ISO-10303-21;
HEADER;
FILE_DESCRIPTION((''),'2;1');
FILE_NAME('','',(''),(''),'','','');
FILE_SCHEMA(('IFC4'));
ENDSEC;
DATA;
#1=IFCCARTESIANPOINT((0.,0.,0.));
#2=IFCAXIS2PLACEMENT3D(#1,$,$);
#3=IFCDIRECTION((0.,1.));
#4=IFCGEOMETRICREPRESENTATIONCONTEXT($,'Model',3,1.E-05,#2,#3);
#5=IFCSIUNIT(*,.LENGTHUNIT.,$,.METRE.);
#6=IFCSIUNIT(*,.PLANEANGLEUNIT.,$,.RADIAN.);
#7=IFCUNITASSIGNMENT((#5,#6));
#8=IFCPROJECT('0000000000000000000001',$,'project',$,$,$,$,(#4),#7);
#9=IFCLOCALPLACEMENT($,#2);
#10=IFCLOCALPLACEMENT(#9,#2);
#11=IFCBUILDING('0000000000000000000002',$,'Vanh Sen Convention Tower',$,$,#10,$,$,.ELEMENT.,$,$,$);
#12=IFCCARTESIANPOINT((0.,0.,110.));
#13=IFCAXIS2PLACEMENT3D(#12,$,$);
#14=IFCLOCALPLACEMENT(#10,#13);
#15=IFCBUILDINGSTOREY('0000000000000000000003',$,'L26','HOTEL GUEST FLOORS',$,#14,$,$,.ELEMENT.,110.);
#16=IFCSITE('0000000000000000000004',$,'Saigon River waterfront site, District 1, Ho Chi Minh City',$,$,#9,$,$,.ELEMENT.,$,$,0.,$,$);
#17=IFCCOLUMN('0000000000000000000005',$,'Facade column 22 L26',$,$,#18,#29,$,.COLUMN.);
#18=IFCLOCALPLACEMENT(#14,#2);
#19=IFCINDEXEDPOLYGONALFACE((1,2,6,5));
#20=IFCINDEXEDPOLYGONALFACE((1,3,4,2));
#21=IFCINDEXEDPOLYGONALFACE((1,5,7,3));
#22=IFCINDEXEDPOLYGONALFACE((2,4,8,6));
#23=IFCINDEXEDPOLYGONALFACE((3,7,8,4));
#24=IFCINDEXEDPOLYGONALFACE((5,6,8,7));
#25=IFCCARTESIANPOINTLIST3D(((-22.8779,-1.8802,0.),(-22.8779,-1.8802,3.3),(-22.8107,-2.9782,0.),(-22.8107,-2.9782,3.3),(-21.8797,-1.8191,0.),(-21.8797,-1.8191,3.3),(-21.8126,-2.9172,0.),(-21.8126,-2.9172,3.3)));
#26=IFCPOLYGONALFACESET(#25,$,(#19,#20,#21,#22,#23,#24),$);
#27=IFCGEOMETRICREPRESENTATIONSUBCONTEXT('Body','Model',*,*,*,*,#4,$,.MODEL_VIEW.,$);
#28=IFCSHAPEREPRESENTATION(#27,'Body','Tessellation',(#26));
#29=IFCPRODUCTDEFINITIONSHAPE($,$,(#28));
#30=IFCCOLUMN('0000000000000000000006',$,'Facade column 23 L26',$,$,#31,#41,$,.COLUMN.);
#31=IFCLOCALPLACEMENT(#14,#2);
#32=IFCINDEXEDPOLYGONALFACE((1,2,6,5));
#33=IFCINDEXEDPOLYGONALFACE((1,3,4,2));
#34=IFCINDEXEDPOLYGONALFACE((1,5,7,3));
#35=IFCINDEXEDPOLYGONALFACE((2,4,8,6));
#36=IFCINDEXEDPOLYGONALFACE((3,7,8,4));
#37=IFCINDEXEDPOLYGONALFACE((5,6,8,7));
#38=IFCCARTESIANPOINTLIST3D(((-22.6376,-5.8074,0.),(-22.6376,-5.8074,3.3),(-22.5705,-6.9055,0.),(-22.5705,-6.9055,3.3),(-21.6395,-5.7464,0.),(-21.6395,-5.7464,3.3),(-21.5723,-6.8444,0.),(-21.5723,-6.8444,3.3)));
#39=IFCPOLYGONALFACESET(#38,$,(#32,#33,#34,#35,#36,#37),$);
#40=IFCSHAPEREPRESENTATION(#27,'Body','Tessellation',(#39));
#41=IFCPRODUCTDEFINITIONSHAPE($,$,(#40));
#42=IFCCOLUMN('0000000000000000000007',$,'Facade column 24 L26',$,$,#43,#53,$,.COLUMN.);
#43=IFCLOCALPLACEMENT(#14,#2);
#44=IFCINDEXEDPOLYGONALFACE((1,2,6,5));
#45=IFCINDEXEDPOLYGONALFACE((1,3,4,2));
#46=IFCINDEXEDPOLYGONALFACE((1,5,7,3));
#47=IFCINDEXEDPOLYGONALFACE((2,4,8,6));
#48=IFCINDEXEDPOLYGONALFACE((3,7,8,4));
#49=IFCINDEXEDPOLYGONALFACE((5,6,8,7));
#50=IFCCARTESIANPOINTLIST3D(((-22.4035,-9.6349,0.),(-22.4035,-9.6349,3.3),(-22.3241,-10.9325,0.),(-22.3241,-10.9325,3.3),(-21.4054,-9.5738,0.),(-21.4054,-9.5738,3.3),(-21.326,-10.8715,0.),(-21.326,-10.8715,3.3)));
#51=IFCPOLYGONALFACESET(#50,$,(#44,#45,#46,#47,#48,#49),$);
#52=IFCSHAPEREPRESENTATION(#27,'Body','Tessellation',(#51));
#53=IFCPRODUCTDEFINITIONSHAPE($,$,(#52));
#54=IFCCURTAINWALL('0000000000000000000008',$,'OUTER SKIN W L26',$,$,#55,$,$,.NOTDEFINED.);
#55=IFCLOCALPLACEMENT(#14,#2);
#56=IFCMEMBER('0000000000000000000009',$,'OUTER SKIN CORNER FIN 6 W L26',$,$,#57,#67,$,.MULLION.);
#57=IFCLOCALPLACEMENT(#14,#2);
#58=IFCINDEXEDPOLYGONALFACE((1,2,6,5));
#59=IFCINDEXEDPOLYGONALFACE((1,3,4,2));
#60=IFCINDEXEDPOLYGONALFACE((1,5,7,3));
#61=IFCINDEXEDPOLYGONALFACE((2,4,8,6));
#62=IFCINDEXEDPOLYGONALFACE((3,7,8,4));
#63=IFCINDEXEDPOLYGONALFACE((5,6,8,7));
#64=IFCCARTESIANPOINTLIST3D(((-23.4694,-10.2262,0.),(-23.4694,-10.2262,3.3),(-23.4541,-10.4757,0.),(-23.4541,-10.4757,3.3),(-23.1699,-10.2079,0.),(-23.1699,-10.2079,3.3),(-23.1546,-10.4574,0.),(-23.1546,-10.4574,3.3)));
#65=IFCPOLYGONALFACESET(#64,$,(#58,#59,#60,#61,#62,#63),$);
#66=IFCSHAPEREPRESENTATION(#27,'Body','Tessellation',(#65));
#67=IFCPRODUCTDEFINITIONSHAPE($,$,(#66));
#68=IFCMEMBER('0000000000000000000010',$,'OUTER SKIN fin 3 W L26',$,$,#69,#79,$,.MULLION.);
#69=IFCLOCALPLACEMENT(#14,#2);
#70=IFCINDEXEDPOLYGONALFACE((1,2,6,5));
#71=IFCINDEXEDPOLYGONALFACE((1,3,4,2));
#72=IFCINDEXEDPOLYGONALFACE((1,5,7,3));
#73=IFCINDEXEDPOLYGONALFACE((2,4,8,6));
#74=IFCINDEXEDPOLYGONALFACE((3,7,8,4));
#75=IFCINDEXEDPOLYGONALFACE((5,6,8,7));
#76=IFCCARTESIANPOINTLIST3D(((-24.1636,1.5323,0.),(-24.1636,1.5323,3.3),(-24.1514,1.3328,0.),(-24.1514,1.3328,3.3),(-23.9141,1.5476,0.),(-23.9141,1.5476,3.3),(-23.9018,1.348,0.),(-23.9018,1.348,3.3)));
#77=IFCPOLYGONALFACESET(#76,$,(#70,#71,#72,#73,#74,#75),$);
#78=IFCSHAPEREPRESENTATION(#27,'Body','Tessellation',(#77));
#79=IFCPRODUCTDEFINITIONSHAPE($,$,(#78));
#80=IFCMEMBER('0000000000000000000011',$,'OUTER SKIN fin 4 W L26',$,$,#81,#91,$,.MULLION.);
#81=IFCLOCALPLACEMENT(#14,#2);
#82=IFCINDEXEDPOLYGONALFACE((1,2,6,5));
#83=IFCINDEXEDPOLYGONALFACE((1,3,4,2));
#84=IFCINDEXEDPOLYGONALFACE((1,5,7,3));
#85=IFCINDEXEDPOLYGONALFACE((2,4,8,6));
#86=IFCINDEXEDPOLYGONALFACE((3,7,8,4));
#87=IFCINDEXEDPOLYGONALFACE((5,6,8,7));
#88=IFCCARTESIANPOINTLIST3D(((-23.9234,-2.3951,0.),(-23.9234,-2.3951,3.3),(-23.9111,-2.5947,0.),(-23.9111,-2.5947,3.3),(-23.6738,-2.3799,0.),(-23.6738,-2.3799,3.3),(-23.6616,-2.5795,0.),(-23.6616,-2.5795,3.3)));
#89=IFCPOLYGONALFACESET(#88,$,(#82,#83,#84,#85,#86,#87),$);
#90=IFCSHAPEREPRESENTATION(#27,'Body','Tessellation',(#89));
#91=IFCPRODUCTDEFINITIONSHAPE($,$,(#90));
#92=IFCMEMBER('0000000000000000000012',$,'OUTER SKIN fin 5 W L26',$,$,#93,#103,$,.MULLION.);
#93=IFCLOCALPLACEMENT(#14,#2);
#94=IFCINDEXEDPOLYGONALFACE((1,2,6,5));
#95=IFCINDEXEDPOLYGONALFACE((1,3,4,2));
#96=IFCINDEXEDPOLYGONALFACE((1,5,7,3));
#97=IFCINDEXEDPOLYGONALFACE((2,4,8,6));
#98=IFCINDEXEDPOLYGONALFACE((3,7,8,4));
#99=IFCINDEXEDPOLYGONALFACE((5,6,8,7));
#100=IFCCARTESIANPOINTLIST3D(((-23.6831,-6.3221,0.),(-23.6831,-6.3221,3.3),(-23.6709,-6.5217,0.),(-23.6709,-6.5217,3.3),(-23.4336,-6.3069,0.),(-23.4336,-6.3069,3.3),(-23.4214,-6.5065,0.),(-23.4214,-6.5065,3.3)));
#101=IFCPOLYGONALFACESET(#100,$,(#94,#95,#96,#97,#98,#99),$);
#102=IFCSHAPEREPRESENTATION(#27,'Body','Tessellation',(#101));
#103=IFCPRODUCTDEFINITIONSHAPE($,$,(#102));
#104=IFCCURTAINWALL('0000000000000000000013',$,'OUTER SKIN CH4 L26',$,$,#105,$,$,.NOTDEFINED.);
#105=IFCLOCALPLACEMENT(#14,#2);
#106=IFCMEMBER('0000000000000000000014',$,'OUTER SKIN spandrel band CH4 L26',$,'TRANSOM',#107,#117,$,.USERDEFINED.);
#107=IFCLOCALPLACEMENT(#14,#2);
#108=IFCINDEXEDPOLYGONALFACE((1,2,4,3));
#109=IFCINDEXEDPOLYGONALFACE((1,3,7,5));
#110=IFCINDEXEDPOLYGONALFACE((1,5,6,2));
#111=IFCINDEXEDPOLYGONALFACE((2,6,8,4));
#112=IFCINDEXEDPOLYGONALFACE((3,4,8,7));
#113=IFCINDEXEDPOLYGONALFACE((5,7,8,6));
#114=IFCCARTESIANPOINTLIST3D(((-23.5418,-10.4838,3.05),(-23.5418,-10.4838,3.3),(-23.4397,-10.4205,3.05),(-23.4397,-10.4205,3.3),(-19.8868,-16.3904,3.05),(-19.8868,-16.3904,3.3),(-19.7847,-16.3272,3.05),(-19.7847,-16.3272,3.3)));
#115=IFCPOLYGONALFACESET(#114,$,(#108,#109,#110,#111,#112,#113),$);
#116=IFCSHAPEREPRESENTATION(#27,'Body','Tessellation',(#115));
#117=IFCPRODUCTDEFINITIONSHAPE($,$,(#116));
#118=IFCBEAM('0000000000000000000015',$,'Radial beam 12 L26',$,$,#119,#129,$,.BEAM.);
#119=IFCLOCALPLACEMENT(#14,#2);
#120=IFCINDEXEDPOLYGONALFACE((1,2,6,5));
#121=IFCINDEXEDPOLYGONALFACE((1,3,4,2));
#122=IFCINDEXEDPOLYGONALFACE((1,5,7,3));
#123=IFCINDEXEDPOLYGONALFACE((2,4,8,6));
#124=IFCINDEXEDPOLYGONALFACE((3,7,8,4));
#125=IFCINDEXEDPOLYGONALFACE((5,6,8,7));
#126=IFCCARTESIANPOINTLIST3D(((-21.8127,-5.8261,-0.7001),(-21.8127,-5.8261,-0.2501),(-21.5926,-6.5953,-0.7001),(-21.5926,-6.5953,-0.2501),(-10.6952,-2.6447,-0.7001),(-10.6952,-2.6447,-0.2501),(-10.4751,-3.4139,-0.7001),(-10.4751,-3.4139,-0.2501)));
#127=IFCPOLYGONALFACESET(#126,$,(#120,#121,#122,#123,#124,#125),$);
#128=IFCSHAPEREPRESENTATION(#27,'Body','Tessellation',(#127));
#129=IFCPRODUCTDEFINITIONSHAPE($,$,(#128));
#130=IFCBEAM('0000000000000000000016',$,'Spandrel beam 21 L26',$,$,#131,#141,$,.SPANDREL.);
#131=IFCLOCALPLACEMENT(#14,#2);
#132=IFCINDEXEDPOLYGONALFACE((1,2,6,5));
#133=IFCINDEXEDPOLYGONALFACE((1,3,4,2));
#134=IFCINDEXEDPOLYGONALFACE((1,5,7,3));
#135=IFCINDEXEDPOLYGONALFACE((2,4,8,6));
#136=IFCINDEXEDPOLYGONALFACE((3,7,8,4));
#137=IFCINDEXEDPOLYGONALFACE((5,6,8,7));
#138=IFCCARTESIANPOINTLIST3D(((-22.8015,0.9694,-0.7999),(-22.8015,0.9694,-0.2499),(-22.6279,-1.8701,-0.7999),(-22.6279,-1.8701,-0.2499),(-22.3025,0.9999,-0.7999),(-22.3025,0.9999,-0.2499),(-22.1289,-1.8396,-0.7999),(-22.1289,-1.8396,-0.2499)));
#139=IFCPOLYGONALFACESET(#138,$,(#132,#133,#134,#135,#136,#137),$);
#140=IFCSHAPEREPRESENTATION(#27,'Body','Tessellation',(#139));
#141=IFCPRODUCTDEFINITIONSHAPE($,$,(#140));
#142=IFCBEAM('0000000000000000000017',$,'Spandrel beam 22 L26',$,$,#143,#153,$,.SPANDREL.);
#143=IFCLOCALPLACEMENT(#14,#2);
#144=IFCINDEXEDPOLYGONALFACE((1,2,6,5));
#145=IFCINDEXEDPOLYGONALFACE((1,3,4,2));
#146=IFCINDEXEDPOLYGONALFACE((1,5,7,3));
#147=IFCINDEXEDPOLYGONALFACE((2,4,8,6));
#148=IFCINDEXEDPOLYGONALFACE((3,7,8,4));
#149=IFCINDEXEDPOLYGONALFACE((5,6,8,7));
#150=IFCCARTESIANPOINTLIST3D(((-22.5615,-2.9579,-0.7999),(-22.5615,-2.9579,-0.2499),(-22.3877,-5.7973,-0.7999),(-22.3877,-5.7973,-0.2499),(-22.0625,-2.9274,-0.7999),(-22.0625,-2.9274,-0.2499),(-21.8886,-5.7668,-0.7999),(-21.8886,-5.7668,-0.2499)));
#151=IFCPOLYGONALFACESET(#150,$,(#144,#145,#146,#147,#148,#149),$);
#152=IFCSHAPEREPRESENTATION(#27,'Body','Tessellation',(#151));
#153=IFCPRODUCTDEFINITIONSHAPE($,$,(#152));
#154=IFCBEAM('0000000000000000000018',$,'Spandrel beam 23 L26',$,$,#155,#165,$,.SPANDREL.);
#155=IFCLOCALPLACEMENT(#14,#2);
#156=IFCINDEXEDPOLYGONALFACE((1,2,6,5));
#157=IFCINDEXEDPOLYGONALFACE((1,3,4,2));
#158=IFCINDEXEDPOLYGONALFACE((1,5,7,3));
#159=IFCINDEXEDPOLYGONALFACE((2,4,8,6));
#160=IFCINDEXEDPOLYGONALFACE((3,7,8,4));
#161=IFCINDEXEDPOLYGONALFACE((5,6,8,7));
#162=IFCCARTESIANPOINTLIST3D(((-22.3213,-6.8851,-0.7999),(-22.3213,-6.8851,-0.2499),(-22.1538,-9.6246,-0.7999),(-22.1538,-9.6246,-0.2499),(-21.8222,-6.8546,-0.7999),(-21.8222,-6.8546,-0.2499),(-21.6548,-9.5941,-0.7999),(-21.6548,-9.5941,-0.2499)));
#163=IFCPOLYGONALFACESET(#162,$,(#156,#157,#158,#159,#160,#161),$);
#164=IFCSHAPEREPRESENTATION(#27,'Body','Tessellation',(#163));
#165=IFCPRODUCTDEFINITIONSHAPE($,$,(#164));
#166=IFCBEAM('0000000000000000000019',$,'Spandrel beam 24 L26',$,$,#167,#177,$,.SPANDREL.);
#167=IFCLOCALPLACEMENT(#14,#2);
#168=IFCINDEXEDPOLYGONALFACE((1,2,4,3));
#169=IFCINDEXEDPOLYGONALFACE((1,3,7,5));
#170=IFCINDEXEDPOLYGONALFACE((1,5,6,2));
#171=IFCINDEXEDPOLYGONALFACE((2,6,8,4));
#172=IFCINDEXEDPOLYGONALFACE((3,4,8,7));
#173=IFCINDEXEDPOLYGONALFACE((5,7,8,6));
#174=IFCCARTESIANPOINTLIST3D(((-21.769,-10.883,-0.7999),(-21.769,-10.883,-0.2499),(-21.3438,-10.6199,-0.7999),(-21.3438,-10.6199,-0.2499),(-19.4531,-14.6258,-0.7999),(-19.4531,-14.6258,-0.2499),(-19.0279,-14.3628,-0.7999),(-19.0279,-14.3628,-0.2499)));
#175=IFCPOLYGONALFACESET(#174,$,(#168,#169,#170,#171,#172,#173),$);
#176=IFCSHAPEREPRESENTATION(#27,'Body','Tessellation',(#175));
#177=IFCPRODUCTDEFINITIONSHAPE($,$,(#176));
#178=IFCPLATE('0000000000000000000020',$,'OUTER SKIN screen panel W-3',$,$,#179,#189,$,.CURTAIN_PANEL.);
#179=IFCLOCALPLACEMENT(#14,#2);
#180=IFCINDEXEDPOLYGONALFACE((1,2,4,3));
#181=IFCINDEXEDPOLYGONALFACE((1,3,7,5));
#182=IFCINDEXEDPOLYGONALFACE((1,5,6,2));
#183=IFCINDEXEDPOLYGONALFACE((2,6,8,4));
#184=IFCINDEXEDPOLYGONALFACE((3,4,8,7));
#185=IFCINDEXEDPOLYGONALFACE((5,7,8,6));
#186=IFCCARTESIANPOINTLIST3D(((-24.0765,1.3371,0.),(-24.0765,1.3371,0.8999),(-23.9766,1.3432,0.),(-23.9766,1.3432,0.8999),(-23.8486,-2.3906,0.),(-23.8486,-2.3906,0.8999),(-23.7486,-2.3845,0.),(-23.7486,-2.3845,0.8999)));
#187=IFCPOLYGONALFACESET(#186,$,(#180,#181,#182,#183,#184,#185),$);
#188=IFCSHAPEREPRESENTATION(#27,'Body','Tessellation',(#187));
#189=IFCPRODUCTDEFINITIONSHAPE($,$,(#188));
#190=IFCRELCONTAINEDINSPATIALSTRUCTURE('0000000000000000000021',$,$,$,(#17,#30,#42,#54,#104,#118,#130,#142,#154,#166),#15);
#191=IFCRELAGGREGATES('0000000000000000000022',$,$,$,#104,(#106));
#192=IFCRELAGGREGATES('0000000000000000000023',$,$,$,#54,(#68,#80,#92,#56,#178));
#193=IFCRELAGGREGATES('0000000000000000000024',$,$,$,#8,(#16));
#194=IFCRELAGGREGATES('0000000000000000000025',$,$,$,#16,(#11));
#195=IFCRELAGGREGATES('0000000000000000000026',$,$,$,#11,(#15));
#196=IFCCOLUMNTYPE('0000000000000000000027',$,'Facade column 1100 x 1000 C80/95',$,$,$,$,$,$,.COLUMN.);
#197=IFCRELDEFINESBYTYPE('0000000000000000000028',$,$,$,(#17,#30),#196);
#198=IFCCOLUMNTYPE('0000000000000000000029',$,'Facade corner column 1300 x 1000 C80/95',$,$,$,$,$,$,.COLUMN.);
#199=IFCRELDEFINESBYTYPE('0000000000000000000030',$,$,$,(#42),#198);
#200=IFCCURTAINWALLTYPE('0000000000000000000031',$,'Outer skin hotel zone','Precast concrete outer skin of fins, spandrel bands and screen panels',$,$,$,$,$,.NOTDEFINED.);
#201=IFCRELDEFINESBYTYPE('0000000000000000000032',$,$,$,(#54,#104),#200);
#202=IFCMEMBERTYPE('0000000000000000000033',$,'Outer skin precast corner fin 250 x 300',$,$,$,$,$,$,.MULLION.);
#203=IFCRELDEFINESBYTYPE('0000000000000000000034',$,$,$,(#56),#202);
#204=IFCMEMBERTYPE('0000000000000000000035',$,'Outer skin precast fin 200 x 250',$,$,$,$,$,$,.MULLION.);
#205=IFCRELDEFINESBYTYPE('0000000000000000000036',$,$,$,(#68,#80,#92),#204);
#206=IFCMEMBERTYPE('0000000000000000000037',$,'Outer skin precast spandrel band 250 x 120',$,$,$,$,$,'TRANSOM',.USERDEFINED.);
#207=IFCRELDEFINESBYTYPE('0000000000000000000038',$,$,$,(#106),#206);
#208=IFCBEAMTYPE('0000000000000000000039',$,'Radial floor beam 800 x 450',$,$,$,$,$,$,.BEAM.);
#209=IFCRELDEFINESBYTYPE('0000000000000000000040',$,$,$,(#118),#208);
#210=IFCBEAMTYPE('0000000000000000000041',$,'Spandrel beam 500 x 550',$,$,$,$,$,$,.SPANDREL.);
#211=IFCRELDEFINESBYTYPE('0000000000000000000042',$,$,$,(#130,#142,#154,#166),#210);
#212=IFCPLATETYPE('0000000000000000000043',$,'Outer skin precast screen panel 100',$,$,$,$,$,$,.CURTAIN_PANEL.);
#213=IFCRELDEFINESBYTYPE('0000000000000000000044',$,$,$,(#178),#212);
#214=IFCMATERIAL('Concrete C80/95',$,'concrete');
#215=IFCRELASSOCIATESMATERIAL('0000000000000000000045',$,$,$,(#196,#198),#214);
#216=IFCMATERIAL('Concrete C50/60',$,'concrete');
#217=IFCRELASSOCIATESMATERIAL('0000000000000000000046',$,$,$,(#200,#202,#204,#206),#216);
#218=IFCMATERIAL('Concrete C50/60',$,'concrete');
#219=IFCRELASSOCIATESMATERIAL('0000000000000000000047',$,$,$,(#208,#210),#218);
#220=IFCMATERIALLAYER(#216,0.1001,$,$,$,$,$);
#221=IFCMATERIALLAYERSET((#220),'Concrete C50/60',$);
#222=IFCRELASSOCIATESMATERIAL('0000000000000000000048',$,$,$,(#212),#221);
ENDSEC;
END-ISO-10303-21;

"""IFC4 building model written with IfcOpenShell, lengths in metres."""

from ifc_helpers import new_model, si_unit, direction, frame, origin, origin_2d, place, context, subcontext, project, spatial, rectangle, extrude, material, layer, layer_set, material_profile, profile_set, type_object, element, aggregate, save


model = new_model("IFC4")

# Units and contexts
model_context = context("Model", 3, precision=1e-05, world=origin(), true_north=direction((0.0, 1.0)))
body_context = subcontext(model_context, "Body", "Model", "MODEL_VIEW")
ifc_project = project(units=[si_unit("LENGTHUNIT", "METRE"), si_unit("PLANEANGLEUNIT", "RADIAN")], contexts=[model_context])

# Site, building, storey
site_placement = place(None, origin())
site = spatial("IfcSite", under=ifc_project, at=site_placement, Name="Saigon River waterfront site, District 1, Ho Chi Minh City", CompositionType="ELEMENT", RefElevation=0.0)
building_placement = place(site_placement, origin())
building = spatial("IfcBuilding", under=site, at=building_placement, Name="Vanh Sen Convention Tower", CompositionType="ELEMENT")
storey_placement = place(building_placement, frame((0.0, 0.0, 110.0)))
storey = spatial("IfcBuildingStorey", under=building, at=storey_placement, Name="L26", Description="HOTEL GUEST FLOORS", CompositionType="ELEMENT", Elevation=110.0)

# Columns
ifc_material_1 = material(Name="Concrete C80/95", Category="concrete")
ifc_material_profile_1 = material_profile(ifc_material_1, rectangle(XDim=1.1001, YDim=1.0, at=origin_2d()), Name="RC 1100X1000")
ifc_profile_set_1 = profile_set([ifc_material_profile_1], Name="Concrete C80/95")
column_type_1 = type_object("IfcColumnType", Name="Facade column 1100 x 1000 C80/95", PredefinedType="COLUMN", material=ifc_profile_set_1)
for number, where, z_axis, x_axis, name in (
    (1, (-22.3452, -2.3987, 0.0), (0.0, 0.0, 1.0), (0.061049, -0.998135, 0.0), "Facade column 22 L26"),
    (2, (-22.105, -6.3259, 0.0), (0.0, 0.0, 1.0), (0.061049, -0.998135, 0.0), "Facade column 23 L26"),
):
    element("IfcColumn", number, at=place(storey_placement, frame(where, z_axis=z_axis, x_axis=x_axis)), inside=storey, type_object=column_type_1, Name=name, PredefinedType="COLUMN", context=body_context, shape_type="SweptSolid", body=[
        extrude(rectangle(XDim=1.1001, YDim=1.0, at=origin_2d()), origin(), (0.0, 0.0, 1.0), 3.3),
    ])
ifc_material_profile_2 = material_profile(ifc_material_1, rectangle(XDim=1.3, YDim=1.0, at=origin_2d()), Name="RC 1300X1000")
ifc_profile_set_2 = profile_set([ifc_material_profile_2], Name="Concrete C80/95")
column_type_2 = type_object("IfcColumnType", Name="Facade corner column 1300 x 1000 C80/95", PredefinedType="COLUMN", material=ifc_profile_set_2)
column_placement = place(storey_placement, frame((-21.8647, -10.2532, 0.0), z_axis=(0.0, 0.0, 1.0), x_axis=(0.061049, -0.998135, 0.0)))
element("IfcColumn", 3, at=column_placement, inside=storey, type_object=column_type_2, Name="Facade column 24 L26", PredefinedType="COLUMN", context=body_context, shape_type="SweptSolid", body=[
    extrude(rectangle(XDim=1.3, YDim=1.0, at=origin_2d()), origin(), (0.0, 0.0, 1.0), 3.3),
])

# Curtain wall, members
ifc_material_2 = material(Name="Concrete C50/60", Category="concrete")
curtain_wall_type = type_object("IfcCurtainWallType", Name="Outer skin hotel zone", Description="Precast concrete outer skin of fins, spandrel bands and screen panels", PredefinedType="NOTDEFINED", material=ifc_material_2)
curtain_wall_1_placement = place(storey_placement, origin())
curtain_wall_1 = element("IfcCurtainWall", 4, at=curtain_wall_1_placement, inside=storey, type_object=curtain_wall_type, Name="OUTER SKIN W L26", PredefinedType="NOTDEFINED")
ifc_material_profile_3 = material_profile(ifc_material_2, rectangle(XDim=0.25, YDim=0.3, at=origin_2d()), Name="Outer skin precast corner fin 250 x 300")
ifc_profile_set_3 = profile_set([ifc_material_profile_3], Name="Concrete C50/60")
member_type_1 = type_object("IfcMemberType", Name="Outer skin precast corner fin 250 x 300", PredefinedType="MULLION", material=ifc_profile_set_3)
member_1_placement = place(storey_placement, frame((-23.312, -10.3418, 0.0), z_axis=(0.0, 0.0, 1.0), x_axis=(0.061049, -0.998135, 0.0)))
member_1 = element("IfcMember", 5, at=member_1_placement, type_object=member_type_1, Name="OUTER SKIN CORNER FIN 6 W L26", PredefinedType="MULLION", context=body_context, shape_type="SweptSolid", body=[
    extrude(rectangle(XDim=0.25, YDim=0.3, at=origin_2d()), origin(), (0.0, 0.0, 1.0), 3.3),
])
ifc_material_profile_4 = material_profile(ifc_material_2, rectangle(XDim=0.2, YDim=0.25, at=origin_2d()), Name="Outer skin precast fin 200 x 250")
ifc_profile_set_4 = profile_set([ifc_material_profile_4], Name="Concrete C50/60")
member_type_2 = type_object("IfcMemberType", Name="Outer skin precast fin 200 x 250", PredefinedType="MULLION", material=ifc_profile_set_4)
member_2_placement = place(storey_placement, frame((-24.0327, 1.4402, 0.0), z_axis=(0.0, 0.0, 1.0), x_axis=(0.061049, -0.998135, 0.0)))
member_2 = element("IfcMember", 6, at=member_2_placement, type_object=member_type_2, Name="OUTER SKIN fin 3 W L26", PredefinedType="MULLION", context=body_context, shape_type="SweptSolid", body=[
    extrude(rectangle(XDim=0.2, YDim=0.25, at=origin_2d()), origin(), (0.0, 0.0, 1.0), 3.3),
])
member_3_placement = place(storey_placement, frame((-23.7925, -2.4873, 0.0), z_axis=(0.0, 0.0, 1.0), x_axis=(0.061049, -0.998135, 0.0)))
member_3 = element("IfcMember", 7, at=member_3_placement, type_object=member_type_2, Name="OUTER SKIN fin 4 W L26", PredefinedType="MULLION", context=body_context, shape_type="SweptSolid", body=[
    extrude(rectangle(XDim=0.2, YDim=0.25, at=origin_2d()), origin(), (0.0, 0.0, 1.0), 3.3),
])
member_4_placement = place(storey_placement, frame((-23.5522, -6.4143, 0.0), z_axis=(0.0, 0.0, 1.0), x_axis=(0.061049, -0.998135, 0.0)))
member_4 = element("IfcMember", 8, at=member_4_placement, type_object=member_type_2, Name="OUTER SKIN fin 5 W L26", PredefinedType="MULLION", context=body_context, shape_type="SweptSolid", body=[
    extrude(rectangle(XDim=0.2, YDim=0.25, at=origin_2d()), origin(), (0.0, 0.0, 1.0), 3.3),
])

# Curtain wall, member
curtain_wall_2_placement = place(storey_placement, origin())
curtain_wall_2 = element("IfcCurtainWall", 9, at=curtain_wall_2_placement, inside=storey, type_object=curtain_wall_type, Name="OUTER SKIN CH4 L26", PredefinedType="NOTDEFINED")
ifc_material_profile_5 = material_profile(ifc_material_2, rectangle(XDim=0.1201, YDim=0.25, at=origin_2d()), Name="Outer skin precast spandrel band 250 x 120")
ifc_profile_set_5 = profile_set([ifc_material_profile_5], Name="Concrete C50/60")
member_type_3 = type_object("IfcMemberType", Name="Outer skin precast spandrel band 250 x 120", ElementType="TRANSOM", PredefinedType="USERDEFINED", material=ifc_profile_set_5)
member_5_placement = place(storey_placement, frame((-23.4907, -10.4521, 3.175), z_axis=(0.526196, -0.850363, 0.0), x_axis=(0.850363, 0.526196, 0.0)))
member_5 = element("IfcMember", 10, at=member_5_placement, type_object=member_type_3, Name="OUTER SKIN spandrel band CH4 L26", ObjectType="TRANSOM", PredefinedType="USERDEFINED", context=body_context, shape_type="SweptSolid", body=[
    extrude(rectangle(XDim=0.1201, YDim=0.25, at=origin_2d()), origin(), (0.0, 0.0, 1.0), 6.946),
])
aggregate(curtain_wall_2, [member_5])

# Beams
ifc_material_3 = material(Name="Concrete C50/60", Category="concrete")
ifc_material_profile_6 = material_profile(ifc_material_3, rectangle(XDim=0.8, YDim=0.45, at=origin_2d()), Name="RC 800X450")
ifc_profile_set_6 = profile_set([ifc_material_profile_6], Name="Concrete C50/60")
beam_type_1 = type_object("IfcBeamType", Name="Radial floor beam 800 x 450", PredefinedType="BEAM", material=ifc_profile_set_6)
beam_1_placement = place(storey_placement, frame((-21.7026, -6.2107, -0.4751), z_axis=(0.96141, 0.27512, 0.0), x_axis=(-0.27512, 0.96141, 0.0)))
element("IfcBeam", 11, at=beam_1_placement, inside=storey, type_object=beam_type_1, Name="Radial beam 12 L26", PredefinedType="BEAM", context=body_context, shape_type="SweptSolid", body=[
    extrude(rectangle(XDim=0.8, YDim=0.45, at=origin_2d()), origin(), (0.0, 0.0, 1.0), 11.5637),
])
ifc_material_profile_7 = material_profile(ifc_material_3, rectangle(XDim=0.5, YDim=0.55, at=origin_2d()), Name="RC 500X550")
ifc_profile_set_7 = profile_set([ifc_material_profile_7], Name="Concrete C50/60")
beam_type_2 = type_object("IfcBeamType", Name="Spandrel beam 500 x 550", PredefinedType="SPANDREL", material=ifc_profile_set_7)
for number, where, z_axis, x_axis, name in (
    (12, (-22.552, 0.9846, -0.5249), (0.061021, -0.998136, 0.0), (0.998136, 0.061021, 0.0), "Spandrel beam 21 L26"),
    (13, (-22.312, -2.9426, -0.5249), (0.061107, -0.998131, 0.0), (0.998131, 0.061107, 0.0), "Spandrel beam 22 L26"),
):
    element("IfcBeam", number, at=place(storey_placement, frame(where, z_axis=z_axis, x_axis=x_axis)), inside=storey, type_object=beam_type_2, Name=name, PredefinedType="SPANDREL", context=body_context, shape_type="SweptSolid", body=[
        extrude(rectangle(XDim=0.5, YDim=0.55, at=origin_2d()), origin(), (0.0, 0.0, 1.0), 2.8447),
    ])
beam_2_placement = place(storey_placement, frame((-22.0718, -6.8699, -0.5249), z_axis=(0.061021, -0.998136, 0.0), x_axis=(0.998136, 0.061021, 0.0)))
element("IfcBeam", 14, at=beam_2_placement, inside=storey, type_object=beam_type_2, Name="Spandrel beam 23 L26", PredefinedType="SPANDREL", context=body_context, shape_type="SweptSolid", body=[
    extrude(rectangle(XDim=0.5, YDim=0.55, at=origin_2d()), origin(), (0.0, 0.0, 1.0), 2.7446),
])
beam_3_placement = place(storey_placement, frame((-21.5564, -10.7515, -0.5249), z_axis=(0.526169, -0.85038, 0.0), x_axis=(0.85038, 0.526169, 0.0)))
element("IfcBeam", 15, at=beam_3_placement, inside=storey, type_object=beam_type_2, Name="Spandrel beam 24 L26", PredefinedType="SPANDREL", context=body_context, shape_type="SweptSolid", body=[
    extrude(rectangle(XDim=0.5, YDim=0.55, at=origin_2d()), origin(), (0.0, 0.0, 1.0), 4.4014),
])

# Plate
ifc_layer_1 = layer(ifc_material_2, 0.1001)
ifc_layer_set_1 = layer_set([ifc_layer_1], Name="Concrete C50/60")
plate_type = type_object("IfcPlateType", Name="Outer skin precast screen panel 100", PredefinedType="CURTAIN_PANEL", material=ifc_layer_set_1)
plate_1_placement = place(storey_placement, frame((-23.9126, -0.5237, 0.0), z_axis=(0.0, 0.0, 1.0), x_axis=(0.061047, -0.998135, 0.0)))
plate_1 = element("IfcPlate", 16, at=plate_1_placement, type_object=plate_type, Name="OUTER SKIN screen panel W-3", PredefinedType="CURTAIN_PANEL", context=body_context, shape_type="SweptSolid", body=[
    extrude(rectangle(XDim=3.7346, YDim=0.1001, at=origin_2d()), origin(), (0.0, 0.0, 1.0), 0.8999),
])
aggregate(curtain_wall_1, [member_2, member_3, member_4, member_1, plate_1])

save(model, "model.ifc")
